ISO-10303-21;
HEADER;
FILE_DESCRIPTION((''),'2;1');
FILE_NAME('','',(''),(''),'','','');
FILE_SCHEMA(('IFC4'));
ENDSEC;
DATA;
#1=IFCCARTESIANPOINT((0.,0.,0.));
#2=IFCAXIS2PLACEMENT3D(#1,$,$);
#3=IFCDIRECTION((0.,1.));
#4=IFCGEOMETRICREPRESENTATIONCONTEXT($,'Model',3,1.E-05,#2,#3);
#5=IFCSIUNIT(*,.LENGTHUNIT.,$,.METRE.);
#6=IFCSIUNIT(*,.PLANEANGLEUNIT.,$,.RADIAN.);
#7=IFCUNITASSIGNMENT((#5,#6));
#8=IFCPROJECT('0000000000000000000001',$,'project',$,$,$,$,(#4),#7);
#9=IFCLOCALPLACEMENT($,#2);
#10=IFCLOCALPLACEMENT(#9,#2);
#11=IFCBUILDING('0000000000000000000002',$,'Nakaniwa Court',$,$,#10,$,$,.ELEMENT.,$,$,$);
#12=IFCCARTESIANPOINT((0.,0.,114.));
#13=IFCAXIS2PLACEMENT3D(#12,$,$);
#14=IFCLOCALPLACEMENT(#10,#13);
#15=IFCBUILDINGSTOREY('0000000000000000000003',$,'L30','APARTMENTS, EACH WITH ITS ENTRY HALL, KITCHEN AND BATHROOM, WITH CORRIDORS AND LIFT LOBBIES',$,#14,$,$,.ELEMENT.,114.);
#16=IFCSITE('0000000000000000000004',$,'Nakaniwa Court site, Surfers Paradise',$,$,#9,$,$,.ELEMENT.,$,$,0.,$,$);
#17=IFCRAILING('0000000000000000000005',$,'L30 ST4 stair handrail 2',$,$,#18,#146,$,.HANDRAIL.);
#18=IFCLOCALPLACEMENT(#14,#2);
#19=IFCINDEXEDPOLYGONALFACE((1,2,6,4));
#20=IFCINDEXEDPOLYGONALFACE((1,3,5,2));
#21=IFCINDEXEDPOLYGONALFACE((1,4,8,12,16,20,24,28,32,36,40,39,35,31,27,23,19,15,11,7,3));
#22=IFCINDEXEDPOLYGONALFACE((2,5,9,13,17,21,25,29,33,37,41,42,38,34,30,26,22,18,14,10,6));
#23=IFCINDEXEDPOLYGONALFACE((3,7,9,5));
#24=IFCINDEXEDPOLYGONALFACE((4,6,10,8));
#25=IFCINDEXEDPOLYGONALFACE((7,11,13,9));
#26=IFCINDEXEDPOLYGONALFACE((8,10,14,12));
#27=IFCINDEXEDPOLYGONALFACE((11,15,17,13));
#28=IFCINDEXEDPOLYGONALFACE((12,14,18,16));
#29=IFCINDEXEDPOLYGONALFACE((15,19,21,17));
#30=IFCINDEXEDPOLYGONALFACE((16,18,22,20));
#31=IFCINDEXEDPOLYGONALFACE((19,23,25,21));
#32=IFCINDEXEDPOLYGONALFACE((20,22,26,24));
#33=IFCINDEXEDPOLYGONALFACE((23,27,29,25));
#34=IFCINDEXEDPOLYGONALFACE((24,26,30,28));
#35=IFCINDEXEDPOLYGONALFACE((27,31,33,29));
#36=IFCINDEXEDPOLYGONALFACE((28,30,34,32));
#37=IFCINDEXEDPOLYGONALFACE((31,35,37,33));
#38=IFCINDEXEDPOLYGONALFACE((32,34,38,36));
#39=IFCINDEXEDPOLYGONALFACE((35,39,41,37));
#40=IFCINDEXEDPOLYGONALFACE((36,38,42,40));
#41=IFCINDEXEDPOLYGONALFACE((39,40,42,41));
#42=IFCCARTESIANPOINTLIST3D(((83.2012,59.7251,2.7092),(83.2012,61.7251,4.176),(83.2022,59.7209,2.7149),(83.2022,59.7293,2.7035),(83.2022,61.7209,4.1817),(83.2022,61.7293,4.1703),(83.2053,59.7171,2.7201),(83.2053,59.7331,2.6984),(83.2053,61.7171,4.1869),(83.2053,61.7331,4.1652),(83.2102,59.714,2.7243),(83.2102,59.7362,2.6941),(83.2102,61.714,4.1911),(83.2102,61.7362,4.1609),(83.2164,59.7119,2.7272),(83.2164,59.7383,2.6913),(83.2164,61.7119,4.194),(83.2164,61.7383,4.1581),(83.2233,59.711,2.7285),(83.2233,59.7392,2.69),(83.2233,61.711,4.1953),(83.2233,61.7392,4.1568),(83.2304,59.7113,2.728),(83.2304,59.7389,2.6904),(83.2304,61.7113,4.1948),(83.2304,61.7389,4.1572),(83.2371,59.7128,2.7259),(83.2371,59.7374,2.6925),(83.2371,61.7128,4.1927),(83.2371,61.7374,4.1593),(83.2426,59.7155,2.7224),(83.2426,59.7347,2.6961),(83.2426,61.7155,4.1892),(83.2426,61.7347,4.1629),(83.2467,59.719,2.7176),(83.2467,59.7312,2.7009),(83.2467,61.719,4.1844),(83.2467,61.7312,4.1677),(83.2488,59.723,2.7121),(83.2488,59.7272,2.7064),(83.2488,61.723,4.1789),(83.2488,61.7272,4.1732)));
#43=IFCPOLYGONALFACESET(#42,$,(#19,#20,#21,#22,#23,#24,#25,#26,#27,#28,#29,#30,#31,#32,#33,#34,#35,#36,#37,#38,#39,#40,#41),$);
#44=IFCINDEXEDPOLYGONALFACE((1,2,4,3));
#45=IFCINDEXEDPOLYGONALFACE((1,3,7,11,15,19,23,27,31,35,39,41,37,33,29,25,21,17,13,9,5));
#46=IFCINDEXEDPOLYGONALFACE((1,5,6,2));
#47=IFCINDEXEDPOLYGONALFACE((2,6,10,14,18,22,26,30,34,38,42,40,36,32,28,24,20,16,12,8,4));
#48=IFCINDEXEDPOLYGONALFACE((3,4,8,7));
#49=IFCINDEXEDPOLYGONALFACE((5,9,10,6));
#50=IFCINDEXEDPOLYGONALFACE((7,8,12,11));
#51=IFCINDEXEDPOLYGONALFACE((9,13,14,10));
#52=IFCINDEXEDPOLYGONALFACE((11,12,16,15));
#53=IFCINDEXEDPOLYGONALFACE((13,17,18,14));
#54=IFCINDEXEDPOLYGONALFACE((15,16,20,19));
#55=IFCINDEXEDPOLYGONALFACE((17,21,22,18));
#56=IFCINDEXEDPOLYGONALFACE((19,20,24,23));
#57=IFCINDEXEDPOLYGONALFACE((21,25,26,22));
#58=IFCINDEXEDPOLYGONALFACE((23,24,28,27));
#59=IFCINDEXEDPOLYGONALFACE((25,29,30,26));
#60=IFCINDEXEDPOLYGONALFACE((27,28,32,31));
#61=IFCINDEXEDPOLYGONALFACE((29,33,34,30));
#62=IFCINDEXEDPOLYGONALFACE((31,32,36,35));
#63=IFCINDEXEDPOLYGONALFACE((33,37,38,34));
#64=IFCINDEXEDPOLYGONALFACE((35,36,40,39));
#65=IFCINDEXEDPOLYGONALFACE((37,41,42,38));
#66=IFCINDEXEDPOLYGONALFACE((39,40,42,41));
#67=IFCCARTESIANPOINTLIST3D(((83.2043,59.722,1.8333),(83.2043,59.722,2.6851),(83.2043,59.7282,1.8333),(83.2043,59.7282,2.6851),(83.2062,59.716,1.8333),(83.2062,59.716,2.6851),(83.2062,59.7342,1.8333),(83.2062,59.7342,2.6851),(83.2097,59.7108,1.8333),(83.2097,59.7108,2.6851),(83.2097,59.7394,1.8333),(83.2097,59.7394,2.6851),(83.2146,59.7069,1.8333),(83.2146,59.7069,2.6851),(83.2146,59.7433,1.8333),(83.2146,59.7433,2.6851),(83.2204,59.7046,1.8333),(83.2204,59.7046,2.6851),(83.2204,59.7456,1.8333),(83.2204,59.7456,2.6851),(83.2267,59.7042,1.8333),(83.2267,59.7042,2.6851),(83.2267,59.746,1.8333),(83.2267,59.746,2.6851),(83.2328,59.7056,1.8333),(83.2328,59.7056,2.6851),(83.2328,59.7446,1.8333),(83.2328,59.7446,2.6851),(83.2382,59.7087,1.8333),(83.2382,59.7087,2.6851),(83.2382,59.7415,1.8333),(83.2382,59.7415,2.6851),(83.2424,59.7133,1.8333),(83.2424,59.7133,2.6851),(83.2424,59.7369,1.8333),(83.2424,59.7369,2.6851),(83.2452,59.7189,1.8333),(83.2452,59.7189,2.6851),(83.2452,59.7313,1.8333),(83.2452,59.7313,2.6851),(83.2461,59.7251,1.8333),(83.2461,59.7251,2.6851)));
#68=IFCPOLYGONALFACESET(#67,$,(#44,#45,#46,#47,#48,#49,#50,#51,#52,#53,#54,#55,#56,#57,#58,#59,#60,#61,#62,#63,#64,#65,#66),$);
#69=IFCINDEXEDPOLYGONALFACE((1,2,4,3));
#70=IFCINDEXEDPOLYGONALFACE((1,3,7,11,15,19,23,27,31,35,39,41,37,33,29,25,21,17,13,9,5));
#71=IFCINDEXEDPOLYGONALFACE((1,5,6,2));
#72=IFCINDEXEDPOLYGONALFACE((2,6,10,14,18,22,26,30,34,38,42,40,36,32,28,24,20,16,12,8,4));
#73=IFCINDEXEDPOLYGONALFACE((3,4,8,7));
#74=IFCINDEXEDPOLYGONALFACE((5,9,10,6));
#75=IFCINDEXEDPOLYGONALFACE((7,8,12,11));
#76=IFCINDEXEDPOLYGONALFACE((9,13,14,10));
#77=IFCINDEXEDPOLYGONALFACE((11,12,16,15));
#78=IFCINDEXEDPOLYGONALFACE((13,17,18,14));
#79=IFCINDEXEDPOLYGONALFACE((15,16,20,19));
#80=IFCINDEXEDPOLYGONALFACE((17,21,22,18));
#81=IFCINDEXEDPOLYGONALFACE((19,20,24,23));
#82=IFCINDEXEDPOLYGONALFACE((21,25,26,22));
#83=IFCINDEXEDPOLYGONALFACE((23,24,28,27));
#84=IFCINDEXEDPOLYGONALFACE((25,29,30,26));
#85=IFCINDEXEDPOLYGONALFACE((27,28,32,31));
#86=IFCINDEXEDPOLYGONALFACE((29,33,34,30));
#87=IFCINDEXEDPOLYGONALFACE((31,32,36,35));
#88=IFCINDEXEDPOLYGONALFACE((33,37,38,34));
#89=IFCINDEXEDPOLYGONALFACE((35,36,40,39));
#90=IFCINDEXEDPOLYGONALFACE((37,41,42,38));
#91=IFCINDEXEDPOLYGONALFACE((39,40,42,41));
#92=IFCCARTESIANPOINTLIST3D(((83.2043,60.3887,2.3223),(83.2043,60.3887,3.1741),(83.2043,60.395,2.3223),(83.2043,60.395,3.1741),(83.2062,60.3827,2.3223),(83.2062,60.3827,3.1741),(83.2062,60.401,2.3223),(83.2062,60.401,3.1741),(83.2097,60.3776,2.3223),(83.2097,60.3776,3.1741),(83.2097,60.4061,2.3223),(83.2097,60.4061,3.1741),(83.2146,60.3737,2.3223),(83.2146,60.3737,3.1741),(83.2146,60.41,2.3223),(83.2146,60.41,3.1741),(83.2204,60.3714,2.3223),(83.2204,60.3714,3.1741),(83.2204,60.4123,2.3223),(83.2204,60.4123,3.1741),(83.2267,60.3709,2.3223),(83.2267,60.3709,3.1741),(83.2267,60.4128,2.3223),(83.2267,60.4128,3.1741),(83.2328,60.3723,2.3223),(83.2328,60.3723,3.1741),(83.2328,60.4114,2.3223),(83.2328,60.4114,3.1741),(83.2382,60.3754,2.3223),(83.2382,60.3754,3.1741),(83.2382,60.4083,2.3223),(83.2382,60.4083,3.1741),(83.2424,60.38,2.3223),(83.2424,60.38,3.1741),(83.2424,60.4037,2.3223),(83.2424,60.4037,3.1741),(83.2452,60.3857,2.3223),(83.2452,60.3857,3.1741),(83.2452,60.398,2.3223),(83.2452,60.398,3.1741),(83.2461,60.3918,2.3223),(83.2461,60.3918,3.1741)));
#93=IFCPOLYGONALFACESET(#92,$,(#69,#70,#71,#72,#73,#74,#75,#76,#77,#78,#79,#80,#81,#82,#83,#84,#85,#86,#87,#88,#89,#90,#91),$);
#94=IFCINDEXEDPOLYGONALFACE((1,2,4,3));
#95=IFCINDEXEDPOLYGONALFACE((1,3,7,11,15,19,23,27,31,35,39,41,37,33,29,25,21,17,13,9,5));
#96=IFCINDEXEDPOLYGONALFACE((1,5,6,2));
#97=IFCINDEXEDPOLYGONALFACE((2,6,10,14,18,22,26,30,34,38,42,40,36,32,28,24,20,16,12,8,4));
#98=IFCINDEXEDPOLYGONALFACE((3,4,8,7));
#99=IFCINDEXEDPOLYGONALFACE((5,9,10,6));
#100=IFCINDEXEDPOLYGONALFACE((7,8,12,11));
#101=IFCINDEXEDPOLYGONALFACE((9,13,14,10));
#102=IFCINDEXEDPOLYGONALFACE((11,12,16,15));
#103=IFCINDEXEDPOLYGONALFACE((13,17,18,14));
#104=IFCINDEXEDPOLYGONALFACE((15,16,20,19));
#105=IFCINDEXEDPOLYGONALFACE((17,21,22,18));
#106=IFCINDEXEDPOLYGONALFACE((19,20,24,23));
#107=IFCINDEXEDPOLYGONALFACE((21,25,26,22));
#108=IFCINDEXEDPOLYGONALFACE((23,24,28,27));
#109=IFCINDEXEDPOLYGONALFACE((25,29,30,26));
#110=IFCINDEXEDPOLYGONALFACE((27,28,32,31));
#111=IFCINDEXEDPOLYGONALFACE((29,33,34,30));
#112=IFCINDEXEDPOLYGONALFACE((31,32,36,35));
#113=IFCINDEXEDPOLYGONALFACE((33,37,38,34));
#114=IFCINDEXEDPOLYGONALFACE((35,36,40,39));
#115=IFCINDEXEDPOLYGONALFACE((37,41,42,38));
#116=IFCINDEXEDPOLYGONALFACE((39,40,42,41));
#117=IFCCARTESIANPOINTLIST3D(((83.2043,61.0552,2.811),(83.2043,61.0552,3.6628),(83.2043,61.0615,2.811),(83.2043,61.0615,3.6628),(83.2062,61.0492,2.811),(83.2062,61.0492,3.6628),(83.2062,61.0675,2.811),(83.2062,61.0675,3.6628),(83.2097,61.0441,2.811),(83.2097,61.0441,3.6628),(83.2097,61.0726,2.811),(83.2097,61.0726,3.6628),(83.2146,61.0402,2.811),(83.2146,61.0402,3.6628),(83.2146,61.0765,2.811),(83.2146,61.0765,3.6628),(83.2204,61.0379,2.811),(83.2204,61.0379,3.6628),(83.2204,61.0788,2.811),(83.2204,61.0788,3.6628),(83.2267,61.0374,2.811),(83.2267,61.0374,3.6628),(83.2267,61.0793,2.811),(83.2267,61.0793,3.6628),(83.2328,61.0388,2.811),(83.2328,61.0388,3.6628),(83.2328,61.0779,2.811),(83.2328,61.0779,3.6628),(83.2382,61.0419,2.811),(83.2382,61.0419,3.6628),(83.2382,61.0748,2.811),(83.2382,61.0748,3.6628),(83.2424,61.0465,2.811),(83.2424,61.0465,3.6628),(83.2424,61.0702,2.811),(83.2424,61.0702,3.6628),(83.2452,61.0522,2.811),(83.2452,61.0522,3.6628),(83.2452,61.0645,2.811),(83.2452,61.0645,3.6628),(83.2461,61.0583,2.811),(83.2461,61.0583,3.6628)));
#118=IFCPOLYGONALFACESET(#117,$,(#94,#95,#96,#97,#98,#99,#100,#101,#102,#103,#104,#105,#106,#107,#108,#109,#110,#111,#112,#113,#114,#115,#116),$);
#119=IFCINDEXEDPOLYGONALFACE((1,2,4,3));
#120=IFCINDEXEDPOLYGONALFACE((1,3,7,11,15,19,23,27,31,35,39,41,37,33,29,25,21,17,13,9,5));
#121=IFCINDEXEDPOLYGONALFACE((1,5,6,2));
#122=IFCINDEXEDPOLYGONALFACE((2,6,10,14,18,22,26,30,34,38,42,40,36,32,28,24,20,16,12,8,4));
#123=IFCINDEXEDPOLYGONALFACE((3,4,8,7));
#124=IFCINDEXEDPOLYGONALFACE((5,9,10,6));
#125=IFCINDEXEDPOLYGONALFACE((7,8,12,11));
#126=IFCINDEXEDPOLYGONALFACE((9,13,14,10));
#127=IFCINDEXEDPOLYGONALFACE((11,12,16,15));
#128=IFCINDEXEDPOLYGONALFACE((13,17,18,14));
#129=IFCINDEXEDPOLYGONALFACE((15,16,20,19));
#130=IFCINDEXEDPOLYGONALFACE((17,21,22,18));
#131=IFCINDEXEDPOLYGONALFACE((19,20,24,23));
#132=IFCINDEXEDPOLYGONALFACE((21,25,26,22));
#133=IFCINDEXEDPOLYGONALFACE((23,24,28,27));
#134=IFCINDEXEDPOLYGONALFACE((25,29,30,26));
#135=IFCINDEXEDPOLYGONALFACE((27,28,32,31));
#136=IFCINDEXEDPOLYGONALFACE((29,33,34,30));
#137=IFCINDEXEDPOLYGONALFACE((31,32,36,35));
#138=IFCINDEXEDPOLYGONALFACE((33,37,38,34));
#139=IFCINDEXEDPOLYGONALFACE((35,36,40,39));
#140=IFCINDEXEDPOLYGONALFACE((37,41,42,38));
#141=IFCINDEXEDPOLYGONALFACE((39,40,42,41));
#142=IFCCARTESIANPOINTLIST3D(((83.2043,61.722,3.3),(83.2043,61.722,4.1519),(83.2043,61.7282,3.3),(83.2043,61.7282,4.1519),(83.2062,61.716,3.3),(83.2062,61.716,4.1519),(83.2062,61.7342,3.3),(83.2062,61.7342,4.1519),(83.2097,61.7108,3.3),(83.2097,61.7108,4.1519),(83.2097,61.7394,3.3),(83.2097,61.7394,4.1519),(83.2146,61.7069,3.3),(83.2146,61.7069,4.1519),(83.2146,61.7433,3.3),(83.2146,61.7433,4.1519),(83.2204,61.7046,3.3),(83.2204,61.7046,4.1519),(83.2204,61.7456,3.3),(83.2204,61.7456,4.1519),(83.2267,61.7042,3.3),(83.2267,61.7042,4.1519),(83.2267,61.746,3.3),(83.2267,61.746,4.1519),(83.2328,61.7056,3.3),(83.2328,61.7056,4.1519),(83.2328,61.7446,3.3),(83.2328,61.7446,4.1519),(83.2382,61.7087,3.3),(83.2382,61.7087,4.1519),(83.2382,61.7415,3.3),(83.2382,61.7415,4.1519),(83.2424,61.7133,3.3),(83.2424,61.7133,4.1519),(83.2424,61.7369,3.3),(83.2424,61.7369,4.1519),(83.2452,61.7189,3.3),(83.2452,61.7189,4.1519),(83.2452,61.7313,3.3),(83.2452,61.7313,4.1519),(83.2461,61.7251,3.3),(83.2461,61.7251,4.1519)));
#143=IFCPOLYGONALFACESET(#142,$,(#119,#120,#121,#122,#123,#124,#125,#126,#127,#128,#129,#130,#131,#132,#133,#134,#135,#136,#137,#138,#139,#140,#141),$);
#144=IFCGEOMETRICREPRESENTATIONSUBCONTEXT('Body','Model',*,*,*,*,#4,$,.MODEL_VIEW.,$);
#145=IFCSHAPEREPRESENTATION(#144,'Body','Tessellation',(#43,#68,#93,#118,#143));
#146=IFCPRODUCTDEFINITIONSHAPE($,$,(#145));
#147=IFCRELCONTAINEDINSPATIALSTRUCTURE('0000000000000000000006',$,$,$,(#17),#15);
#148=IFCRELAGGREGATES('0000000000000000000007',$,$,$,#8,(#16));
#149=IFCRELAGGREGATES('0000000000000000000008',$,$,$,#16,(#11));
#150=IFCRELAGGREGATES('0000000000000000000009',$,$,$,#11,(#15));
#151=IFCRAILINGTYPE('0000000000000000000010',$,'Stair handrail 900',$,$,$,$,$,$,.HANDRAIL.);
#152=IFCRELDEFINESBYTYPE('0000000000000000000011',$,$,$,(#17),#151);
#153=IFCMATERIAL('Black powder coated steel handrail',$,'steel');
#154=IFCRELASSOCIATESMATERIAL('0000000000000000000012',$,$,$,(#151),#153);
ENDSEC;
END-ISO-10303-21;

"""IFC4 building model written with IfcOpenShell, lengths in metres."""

from ifc_helpers import new_model, si_unit, direction, frame, origin, origin_2d, place, context, subcontext, project, spatial, circle, extrude, material, type_object, element, save


model = new_model("IFC4")

# Units and contexts
model_context = context("Model", 3, precision=1e-05, world=origin(), true_north=direction((0.0, 1.0)))
body_context = subcontext(model_context, "Body", "Model", "MODEL_VIEW")
ifc_project = project(units=[si_unit("LENGTHUNIT", "METRE"), si_unit("PLANEANGLEUNIT", "RADIAN")], contexts=[model_context])

# Site, building, storey
site_placement = place(None, origin())
site = spatial("IfcSite", under=ifc_project, at=site_placement, Name="Nakaniwa Court site, Surfers Paradise", CompositionType="ELEMENT", RefElevation=0.0)
building_placement = place(site_placement, origin())
building = spatial("IfcBuilding", under=site, at=building_placement, Name="Nakaniwa Court", CompositionType="ELEMENT")
storey_placement = place(building_placement, frame((0.0, 0.0, 114.0)))
storey = spatial("IfcBuildingStorey", under=building, at=storey_placement, Name="L30", Description="APARTMENTS, EACH WITH ITS ENTRY HALL, KITCHEN AND BATHROOM, WITH CORRIDORS AND LIFT LOBBIES", CompositionType="ELEMENT", Elevation=114.0)

# Railing
ifc_material_1 = material(Name="Black powder coated steel handrail", Category="steel")
railing_type_1 = type_object("IfcRailingType", Name="Stair handrail 900", PredefinedType="HANDRAIL", material=ifc_material_1)
railing_1_placement = place(storey_placement, frame((83.2251, 59.7251, 1.8333)))
element("IfcRailing", 1, at=railing_1_placement, inside=storey, type_object=railing_type_1, Name="L30 ST4 stair handrail 2", PredefinedType="HANDRAIL", context=body_context, shape_type="SweptSolid", body=[
    extrude(circle(Radius=0.0239, at=origin_2d()), frame((0.0, 0.0, 0.876), z_axis=(0.0, 0.80638, 0.591398), x_axis=(-1.0, 0.0, 0.0)), (0.0, 0.0, 1.0), 2.4802),
    extrude(circle(Radius=0.021, at=origin_2d()), origin(), (0.0, 0.0, 1.0), 0.8518),
    extrude(circle(Radius=0.021, at=origin_2d()), frame((0.0, 0.6667, 0.489)), (0.0, 0.0, 1.0), 0.8518),
    extrude(circle(Radius=0.021, at=origin_2d()), frame((0.0, 1.3333, 0.9778)), (0.0, 0.0, 1.0), 0.8518),
    extrude(circle(Radius=0.021, at=origin_2d()), frame((0.0, 2.0, 1.4668)), (0.0, 0.0, 1.0), 0.8518),
])

save(model, "model.ifc")
